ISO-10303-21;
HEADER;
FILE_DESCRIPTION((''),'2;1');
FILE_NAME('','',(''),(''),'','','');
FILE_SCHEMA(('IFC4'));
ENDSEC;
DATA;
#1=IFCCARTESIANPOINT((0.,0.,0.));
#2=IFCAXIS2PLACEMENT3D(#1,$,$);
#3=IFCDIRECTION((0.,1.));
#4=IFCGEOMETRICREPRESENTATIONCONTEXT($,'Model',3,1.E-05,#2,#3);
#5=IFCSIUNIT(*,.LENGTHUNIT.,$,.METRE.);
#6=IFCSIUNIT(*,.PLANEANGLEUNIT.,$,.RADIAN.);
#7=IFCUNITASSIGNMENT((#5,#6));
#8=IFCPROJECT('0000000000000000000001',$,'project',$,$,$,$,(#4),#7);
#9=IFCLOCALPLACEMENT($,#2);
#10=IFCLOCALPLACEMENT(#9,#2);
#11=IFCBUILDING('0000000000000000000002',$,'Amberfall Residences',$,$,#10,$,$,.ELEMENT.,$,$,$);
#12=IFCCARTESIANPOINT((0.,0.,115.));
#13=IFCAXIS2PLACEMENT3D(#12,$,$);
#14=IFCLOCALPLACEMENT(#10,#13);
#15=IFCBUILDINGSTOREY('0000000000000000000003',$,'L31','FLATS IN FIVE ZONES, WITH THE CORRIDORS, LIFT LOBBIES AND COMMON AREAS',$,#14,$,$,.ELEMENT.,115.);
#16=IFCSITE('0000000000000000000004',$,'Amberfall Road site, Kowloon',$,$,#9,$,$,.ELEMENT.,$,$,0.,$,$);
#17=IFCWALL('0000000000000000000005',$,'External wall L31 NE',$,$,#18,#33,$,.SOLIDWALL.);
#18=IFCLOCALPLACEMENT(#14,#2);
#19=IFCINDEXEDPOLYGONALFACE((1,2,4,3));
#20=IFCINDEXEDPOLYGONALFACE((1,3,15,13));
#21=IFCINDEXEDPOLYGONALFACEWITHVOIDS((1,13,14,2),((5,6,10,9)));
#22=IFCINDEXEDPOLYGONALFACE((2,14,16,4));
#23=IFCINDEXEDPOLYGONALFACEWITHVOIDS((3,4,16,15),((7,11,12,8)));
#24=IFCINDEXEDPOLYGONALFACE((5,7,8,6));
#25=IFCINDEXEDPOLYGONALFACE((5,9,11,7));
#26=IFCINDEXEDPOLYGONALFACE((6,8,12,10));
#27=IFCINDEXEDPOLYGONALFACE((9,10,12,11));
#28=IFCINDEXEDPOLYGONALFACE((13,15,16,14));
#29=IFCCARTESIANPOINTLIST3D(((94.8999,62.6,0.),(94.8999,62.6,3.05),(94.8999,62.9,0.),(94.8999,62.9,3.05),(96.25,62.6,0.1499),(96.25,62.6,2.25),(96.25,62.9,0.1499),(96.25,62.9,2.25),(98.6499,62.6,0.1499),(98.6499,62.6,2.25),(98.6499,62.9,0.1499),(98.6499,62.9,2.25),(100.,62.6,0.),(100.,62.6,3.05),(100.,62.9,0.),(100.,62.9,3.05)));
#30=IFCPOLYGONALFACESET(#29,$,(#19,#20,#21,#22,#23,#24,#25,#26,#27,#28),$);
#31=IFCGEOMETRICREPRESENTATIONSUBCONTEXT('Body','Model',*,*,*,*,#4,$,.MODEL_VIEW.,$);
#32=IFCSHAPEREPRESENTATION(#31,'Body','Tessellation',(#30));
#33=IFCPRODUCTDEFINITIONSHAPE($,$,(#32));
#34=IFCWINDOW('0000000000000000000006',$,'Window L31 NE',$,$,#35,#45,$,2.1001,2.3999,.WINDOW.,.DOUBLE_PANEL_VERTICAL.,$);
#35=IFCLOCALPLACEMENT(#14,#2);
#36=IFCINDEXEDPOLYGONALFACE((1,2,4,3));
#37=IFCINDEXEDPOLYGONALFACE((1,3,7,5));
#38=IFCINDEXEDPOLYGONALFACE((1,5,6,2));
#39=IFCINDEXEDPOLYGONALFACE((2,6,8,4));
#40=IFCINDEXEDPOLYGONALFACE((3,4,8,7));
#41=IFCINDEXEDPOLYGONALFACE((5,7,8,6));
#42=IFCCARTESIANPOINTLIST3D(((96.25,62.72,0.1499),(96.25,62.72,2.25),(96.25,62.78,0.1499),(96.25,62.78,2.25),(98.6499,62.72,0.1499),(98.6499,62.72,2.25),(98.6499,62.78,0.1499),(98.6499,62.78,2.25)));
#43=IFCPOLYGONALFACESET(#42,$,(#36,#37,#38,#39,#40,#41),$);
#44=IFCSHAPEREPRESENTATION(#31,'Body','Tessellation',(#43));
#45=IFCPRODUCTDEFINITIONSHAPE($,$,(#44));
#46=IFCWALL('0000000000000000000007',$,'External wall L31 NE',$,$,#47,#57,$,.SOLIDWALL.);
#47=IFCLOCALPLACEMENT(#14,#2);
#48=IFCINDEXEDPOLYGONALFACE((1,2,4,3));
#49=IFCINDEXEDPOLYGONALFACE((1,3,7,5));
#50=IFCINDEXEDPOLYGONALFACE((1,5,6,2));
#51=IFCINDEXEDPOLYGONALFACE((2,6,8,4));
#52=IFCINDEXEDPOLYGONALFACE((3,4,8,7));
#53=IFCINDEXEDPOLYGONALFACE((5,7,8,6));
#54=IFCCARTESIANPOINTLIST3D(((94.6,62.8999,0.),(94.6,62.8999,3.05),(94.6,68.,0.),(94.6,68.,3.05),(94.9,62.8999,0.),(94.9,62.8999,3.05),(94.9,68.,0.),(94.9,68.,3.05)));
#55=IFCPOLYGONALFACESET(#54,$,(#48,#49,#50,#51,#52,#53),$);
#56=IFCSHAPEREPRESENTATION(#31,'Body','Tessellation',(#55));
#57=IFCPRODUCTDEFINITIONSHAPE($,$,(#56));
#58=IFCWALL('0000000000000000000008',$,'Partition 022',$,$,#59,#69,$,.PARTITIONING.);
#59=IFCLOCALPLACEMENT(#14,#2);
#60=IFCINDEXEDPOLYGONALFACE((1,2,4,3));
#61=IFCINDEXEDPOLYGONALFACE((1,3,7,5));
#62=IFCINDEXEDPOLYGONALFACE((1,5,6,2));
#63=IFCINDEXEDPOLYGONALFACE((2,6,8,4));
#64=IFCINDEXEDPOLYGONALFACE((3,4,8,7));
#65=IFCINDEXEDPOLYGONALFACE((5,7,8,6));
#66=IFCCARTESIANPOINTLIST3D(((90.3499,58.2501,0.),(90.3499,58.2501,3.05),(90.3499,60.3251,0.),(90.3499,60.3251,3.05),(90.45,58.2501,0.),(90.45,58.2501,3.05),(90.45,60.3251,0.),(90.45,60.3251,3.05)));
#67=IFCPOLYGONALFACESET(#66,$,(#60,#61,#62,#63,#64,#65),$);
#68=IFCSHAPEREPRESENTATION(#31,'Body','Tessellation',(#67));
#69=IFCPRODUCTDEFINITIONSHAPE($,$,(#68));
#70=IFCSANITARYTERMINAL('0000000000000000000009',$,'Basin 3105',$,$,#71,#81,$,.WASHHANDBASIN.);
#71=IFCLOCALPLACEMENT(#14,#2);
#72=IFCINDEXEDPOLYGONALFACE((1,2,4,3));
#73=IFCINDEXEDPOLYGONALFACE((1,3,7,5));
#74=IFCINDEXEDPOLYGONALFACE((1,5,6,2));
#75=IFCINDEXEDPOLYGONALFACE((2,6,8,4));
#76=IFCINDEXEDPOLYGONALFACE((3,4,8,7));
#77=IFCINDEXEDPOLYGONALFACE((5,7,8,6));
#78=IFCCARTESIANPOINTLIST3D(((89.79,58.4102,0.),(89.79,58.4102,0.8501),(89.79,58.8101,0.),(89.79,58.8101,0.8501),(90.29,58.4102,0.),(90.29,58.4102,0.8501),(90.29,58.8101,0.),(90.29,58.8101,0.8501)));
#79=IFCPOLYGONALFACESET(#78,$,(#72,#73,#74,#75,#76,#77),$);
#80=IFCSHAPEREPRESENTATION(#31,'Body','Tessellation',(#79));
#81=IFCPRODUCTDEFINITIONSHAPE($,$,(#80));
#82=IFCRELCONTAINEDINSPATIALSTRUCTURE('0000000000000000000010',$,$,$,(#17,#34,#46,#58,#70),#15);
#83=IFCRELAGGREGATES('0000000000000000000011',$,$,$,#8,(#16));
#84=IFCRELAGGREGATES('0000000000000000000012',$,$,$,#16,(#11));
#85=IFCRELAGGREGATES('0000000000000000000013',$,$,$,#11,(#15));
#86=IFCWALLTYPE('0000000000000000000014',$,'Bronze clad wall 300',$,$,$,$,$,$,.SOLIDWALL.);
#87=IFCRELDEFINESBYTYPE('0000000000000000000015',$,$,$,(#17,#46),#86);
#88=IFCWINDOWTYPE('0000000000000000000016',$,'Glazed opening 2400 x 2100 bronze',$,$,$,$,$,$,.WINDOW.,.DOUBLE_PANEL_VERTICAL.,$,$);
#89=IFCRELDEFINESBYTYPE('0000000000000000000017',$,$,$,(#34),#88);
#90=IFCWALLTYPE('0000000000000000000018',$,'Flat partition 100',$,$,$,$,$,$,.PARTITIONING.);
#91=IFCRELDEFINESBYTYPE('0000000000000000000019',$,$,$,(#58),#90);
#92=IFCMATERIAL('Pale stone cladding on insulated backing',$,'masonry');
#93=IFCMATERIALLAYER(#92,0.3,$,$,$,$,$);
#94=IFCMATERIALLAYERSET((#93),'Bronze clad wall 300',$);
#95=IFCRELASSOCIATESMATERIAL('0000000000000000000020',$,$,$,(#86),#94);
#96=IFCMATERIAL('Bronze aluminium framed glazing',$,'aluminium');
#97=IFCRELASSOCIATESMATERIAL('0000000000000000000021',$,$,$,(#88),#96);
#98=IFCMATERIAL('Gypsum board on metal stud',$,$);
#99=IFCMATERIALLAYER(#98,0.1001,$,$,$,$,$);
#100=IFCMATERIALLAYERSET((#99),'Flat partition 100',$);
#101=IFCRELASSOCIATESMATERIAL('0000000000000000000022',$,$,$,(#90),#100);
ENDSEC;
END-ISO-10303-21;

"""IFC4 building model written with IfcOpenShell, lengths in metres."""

from ifc_helpers import new_model, si_unit, direction, frame, frame_2d, origin, origin_2d, place, context, subcontext, project, spatial, rectangle, extrude, material, layer, layer_set, type_object, element, fill, save


model = new_model("IFC4")

# Units and contexts
model_context = context("Model", 3, precision=1e-05, world=origin(), true_north=direction((0.0, 1.0)))
body_context = subcontext(model_context, "Body", "Model", "MODEL_VIEW")
ifc_project = project(units=[si_unit("LENGTHUNIT", "METRE"), si_unit("PLANEANGLEUNIT", "RADIAN")], contexts=[model_context])

# Site, building, storey
site_placement = place(None, origin())
site = spatial("IfcSite", under=ifc_project, at=site_placement, Name="Amberfall Road site, Kowloon", CompositionType="ELEMENT", RefElevation=0.0)
building_placement = place(site_placement, origin())
building = spatial("IfcBuilding", under=site, at=building_placement, Name="Amberfall Residences", CompositionType="ELEMENT")
storey_placement = place(building_placement, frame((0.0, 0.0, 115.0)))
storey = spatial("IfcBuildingStorey", under=building, at=storey_placement, Name="L31", Description="FLATS IN FIVE ZONES, WITH THE CORRIDORS, LIFT LOBBIES AND COMMON AREAS", CompositionType="ELEMENT", Elevation=115.0)

# Wall, opening, window
ifc_material_1 = material(Name="Pale stone cladding on insulated backing", Category="masonry")
ifc_layer_1 = layer(ifc_material_1, 0.3)
ifc_layer_set_1 = layer_set([ifc_layer_1], Name="Bronze clad wall 300")
wall_type_1 = type_object("IfcWallType", Name="Bronze clad wall 300", PredefinedType="SOLIDWALL", material=ifc_layer_set_1)
wall_1_placement = place(storey_placement, frame((100.0, 62.75, 0.0), z_axis=(0.0, 0.0, 1.0), x_axis=(-1.0, 0.0, 0.0)))
wall_1 = element("IfcWall", 1, at=wall_1_placement, inside=storey, type_object=wall_type_1, Name="External wall L31 NE", PredefinedType="SOLIDWALL", context=body_context, shape_type="SweptSolid", body=[
    extrude(rectangle(XDim=5.1001, YDim=0.3, at=frame_2d((2.55, 0.0))), origin(), (0.0, 0.0, 1.0), 3.05),
])
opening_placement = place(wall_1_placement, frame((1.3501, 0.0, 0.1499)))
opening = element("IfcOpeningElement", 2, at=opening_placement, cuts=wall_1, PredefinedType="OPENING", context=body_context, shape_type="SweptSolid", body=[
    extrude(rectangle(XDim=2.3999, YDim=2.1001, at=frame_2d((1.2, 1.05))), frame((0.0, 0.1599, 0.0), z_axis=(0.0, -1.0, 0.0), x_axis=(1.0, 0.0, 0.0)), (0.0, 0.0, 1.0), 0.3201),
])
ifc_material_2 = material(Name="Bronze aluminium framed glazing", Category="aluminium")
window_type = type_object("IfcWindowType", Name="Glazed opening 2400 x 2100 bronze", PartitioningType="DOUBLE_PANEL_VERTICAL", PredefinedType="WINDOW", material=ifc_material_2)
window_placement = place(opening_placement, origin())
window = element("IfcWindow", 3, at=window_placement, inside=storey, type_object=window_type, Name="Window L31 NE", OverallHeight=2.1001, OverallWidth=2.3999, PartitioningType="DOUBLE_PANEL_VERTICAL", PredefinedType="WINDOW", context=body_context, shape_type="SweptSolid", body=[
    extrude(rectangle(XDim=2.3999, YDim=2.1001, at=frame_2d((1.2, 1.05))), frame((0.0, 0.03, 0.0), z_axis=(0.0, -1.0, 0.0), x_axis=(1.0, 0.0, 0.0)), (0.0, 0.0, 1.0), 0.0601),
])
fill(opening, window)

# Walls
wall_2_placement = place(storey_placement, frame((94.75, 62.8999, 0.0), z_axis=(0.0, 0.0, 1.0), x_axis=(0.0, 1.0, 0.0)))
element("IfcWall", 4, at=wall_2_placement, inside=storey, type_object=wall_type_1, Name="External wall L31 NE", PredefinedType="SOLIDWALL", context=body_context, shape_type="SweptSolid", body=[
    extrude(rectangle(XDim=5.1001, YDim=0.3, at=frame_2d((2.55, 0.0))), origin(), (0.0, 0.0, 1.0), 3.05),
])
ifc_material_3 = material(Name="Gypsum board on metal stud")
ifc_layer_2 = layer(ifc_material_3, 0.1001)
ifc_layer_set_2 = layer_set([ifc_layer_2], Name="Flat partition 100")
wall_type_2 = type_object("IfcWallType", Name="Flat partition 100", PredefinedType="PARTITIONING", material=ifc_layer_set_2)
wall_3_placement = place(storey_placement, frame((90.3999, 58.25, 0.0), z_axis=(0.0, 0.0, 1.0), x_axis=(0.0, 1.0, 0.0)))
element("IfcWall", 5, at=wall_3_placement, inside=storey, type_object=wall_type_2, Name="Partition 022", PredefinedType="PARTITIONING", context=body_context, shape_type="SweptSolid", body=[
    extrude(rectangle(XDim=2.075, YDim=0.1001, at=frame_2d((1.0376, 0.0))), origin(), (0.0, 0.0, 1.0), 3.05),
])

# Sanitary terminal
sanitary_terminal_placement = place(storey_placement, frame((90.04, 58.6101, 0.0), z_axis=(0.0, 0.0, 1.0), x_axis=(1.0, 0.0, 0.0)))
element("IfcSanitaryTerminal", 6, at=sanitary_terminal_placement, inside=storey, Name="Basin 3105", PredefinedType="WASHHANDBASIN", context=body_context, shape_type="SweptSolid", body=[
    extrude(rectangle(XDim=0.5, YDim=0.3999, at=origin_2d()), origin(), (0.0, 0.0, 1.0), 0.8501),
])

save(model, "model.ifc")
